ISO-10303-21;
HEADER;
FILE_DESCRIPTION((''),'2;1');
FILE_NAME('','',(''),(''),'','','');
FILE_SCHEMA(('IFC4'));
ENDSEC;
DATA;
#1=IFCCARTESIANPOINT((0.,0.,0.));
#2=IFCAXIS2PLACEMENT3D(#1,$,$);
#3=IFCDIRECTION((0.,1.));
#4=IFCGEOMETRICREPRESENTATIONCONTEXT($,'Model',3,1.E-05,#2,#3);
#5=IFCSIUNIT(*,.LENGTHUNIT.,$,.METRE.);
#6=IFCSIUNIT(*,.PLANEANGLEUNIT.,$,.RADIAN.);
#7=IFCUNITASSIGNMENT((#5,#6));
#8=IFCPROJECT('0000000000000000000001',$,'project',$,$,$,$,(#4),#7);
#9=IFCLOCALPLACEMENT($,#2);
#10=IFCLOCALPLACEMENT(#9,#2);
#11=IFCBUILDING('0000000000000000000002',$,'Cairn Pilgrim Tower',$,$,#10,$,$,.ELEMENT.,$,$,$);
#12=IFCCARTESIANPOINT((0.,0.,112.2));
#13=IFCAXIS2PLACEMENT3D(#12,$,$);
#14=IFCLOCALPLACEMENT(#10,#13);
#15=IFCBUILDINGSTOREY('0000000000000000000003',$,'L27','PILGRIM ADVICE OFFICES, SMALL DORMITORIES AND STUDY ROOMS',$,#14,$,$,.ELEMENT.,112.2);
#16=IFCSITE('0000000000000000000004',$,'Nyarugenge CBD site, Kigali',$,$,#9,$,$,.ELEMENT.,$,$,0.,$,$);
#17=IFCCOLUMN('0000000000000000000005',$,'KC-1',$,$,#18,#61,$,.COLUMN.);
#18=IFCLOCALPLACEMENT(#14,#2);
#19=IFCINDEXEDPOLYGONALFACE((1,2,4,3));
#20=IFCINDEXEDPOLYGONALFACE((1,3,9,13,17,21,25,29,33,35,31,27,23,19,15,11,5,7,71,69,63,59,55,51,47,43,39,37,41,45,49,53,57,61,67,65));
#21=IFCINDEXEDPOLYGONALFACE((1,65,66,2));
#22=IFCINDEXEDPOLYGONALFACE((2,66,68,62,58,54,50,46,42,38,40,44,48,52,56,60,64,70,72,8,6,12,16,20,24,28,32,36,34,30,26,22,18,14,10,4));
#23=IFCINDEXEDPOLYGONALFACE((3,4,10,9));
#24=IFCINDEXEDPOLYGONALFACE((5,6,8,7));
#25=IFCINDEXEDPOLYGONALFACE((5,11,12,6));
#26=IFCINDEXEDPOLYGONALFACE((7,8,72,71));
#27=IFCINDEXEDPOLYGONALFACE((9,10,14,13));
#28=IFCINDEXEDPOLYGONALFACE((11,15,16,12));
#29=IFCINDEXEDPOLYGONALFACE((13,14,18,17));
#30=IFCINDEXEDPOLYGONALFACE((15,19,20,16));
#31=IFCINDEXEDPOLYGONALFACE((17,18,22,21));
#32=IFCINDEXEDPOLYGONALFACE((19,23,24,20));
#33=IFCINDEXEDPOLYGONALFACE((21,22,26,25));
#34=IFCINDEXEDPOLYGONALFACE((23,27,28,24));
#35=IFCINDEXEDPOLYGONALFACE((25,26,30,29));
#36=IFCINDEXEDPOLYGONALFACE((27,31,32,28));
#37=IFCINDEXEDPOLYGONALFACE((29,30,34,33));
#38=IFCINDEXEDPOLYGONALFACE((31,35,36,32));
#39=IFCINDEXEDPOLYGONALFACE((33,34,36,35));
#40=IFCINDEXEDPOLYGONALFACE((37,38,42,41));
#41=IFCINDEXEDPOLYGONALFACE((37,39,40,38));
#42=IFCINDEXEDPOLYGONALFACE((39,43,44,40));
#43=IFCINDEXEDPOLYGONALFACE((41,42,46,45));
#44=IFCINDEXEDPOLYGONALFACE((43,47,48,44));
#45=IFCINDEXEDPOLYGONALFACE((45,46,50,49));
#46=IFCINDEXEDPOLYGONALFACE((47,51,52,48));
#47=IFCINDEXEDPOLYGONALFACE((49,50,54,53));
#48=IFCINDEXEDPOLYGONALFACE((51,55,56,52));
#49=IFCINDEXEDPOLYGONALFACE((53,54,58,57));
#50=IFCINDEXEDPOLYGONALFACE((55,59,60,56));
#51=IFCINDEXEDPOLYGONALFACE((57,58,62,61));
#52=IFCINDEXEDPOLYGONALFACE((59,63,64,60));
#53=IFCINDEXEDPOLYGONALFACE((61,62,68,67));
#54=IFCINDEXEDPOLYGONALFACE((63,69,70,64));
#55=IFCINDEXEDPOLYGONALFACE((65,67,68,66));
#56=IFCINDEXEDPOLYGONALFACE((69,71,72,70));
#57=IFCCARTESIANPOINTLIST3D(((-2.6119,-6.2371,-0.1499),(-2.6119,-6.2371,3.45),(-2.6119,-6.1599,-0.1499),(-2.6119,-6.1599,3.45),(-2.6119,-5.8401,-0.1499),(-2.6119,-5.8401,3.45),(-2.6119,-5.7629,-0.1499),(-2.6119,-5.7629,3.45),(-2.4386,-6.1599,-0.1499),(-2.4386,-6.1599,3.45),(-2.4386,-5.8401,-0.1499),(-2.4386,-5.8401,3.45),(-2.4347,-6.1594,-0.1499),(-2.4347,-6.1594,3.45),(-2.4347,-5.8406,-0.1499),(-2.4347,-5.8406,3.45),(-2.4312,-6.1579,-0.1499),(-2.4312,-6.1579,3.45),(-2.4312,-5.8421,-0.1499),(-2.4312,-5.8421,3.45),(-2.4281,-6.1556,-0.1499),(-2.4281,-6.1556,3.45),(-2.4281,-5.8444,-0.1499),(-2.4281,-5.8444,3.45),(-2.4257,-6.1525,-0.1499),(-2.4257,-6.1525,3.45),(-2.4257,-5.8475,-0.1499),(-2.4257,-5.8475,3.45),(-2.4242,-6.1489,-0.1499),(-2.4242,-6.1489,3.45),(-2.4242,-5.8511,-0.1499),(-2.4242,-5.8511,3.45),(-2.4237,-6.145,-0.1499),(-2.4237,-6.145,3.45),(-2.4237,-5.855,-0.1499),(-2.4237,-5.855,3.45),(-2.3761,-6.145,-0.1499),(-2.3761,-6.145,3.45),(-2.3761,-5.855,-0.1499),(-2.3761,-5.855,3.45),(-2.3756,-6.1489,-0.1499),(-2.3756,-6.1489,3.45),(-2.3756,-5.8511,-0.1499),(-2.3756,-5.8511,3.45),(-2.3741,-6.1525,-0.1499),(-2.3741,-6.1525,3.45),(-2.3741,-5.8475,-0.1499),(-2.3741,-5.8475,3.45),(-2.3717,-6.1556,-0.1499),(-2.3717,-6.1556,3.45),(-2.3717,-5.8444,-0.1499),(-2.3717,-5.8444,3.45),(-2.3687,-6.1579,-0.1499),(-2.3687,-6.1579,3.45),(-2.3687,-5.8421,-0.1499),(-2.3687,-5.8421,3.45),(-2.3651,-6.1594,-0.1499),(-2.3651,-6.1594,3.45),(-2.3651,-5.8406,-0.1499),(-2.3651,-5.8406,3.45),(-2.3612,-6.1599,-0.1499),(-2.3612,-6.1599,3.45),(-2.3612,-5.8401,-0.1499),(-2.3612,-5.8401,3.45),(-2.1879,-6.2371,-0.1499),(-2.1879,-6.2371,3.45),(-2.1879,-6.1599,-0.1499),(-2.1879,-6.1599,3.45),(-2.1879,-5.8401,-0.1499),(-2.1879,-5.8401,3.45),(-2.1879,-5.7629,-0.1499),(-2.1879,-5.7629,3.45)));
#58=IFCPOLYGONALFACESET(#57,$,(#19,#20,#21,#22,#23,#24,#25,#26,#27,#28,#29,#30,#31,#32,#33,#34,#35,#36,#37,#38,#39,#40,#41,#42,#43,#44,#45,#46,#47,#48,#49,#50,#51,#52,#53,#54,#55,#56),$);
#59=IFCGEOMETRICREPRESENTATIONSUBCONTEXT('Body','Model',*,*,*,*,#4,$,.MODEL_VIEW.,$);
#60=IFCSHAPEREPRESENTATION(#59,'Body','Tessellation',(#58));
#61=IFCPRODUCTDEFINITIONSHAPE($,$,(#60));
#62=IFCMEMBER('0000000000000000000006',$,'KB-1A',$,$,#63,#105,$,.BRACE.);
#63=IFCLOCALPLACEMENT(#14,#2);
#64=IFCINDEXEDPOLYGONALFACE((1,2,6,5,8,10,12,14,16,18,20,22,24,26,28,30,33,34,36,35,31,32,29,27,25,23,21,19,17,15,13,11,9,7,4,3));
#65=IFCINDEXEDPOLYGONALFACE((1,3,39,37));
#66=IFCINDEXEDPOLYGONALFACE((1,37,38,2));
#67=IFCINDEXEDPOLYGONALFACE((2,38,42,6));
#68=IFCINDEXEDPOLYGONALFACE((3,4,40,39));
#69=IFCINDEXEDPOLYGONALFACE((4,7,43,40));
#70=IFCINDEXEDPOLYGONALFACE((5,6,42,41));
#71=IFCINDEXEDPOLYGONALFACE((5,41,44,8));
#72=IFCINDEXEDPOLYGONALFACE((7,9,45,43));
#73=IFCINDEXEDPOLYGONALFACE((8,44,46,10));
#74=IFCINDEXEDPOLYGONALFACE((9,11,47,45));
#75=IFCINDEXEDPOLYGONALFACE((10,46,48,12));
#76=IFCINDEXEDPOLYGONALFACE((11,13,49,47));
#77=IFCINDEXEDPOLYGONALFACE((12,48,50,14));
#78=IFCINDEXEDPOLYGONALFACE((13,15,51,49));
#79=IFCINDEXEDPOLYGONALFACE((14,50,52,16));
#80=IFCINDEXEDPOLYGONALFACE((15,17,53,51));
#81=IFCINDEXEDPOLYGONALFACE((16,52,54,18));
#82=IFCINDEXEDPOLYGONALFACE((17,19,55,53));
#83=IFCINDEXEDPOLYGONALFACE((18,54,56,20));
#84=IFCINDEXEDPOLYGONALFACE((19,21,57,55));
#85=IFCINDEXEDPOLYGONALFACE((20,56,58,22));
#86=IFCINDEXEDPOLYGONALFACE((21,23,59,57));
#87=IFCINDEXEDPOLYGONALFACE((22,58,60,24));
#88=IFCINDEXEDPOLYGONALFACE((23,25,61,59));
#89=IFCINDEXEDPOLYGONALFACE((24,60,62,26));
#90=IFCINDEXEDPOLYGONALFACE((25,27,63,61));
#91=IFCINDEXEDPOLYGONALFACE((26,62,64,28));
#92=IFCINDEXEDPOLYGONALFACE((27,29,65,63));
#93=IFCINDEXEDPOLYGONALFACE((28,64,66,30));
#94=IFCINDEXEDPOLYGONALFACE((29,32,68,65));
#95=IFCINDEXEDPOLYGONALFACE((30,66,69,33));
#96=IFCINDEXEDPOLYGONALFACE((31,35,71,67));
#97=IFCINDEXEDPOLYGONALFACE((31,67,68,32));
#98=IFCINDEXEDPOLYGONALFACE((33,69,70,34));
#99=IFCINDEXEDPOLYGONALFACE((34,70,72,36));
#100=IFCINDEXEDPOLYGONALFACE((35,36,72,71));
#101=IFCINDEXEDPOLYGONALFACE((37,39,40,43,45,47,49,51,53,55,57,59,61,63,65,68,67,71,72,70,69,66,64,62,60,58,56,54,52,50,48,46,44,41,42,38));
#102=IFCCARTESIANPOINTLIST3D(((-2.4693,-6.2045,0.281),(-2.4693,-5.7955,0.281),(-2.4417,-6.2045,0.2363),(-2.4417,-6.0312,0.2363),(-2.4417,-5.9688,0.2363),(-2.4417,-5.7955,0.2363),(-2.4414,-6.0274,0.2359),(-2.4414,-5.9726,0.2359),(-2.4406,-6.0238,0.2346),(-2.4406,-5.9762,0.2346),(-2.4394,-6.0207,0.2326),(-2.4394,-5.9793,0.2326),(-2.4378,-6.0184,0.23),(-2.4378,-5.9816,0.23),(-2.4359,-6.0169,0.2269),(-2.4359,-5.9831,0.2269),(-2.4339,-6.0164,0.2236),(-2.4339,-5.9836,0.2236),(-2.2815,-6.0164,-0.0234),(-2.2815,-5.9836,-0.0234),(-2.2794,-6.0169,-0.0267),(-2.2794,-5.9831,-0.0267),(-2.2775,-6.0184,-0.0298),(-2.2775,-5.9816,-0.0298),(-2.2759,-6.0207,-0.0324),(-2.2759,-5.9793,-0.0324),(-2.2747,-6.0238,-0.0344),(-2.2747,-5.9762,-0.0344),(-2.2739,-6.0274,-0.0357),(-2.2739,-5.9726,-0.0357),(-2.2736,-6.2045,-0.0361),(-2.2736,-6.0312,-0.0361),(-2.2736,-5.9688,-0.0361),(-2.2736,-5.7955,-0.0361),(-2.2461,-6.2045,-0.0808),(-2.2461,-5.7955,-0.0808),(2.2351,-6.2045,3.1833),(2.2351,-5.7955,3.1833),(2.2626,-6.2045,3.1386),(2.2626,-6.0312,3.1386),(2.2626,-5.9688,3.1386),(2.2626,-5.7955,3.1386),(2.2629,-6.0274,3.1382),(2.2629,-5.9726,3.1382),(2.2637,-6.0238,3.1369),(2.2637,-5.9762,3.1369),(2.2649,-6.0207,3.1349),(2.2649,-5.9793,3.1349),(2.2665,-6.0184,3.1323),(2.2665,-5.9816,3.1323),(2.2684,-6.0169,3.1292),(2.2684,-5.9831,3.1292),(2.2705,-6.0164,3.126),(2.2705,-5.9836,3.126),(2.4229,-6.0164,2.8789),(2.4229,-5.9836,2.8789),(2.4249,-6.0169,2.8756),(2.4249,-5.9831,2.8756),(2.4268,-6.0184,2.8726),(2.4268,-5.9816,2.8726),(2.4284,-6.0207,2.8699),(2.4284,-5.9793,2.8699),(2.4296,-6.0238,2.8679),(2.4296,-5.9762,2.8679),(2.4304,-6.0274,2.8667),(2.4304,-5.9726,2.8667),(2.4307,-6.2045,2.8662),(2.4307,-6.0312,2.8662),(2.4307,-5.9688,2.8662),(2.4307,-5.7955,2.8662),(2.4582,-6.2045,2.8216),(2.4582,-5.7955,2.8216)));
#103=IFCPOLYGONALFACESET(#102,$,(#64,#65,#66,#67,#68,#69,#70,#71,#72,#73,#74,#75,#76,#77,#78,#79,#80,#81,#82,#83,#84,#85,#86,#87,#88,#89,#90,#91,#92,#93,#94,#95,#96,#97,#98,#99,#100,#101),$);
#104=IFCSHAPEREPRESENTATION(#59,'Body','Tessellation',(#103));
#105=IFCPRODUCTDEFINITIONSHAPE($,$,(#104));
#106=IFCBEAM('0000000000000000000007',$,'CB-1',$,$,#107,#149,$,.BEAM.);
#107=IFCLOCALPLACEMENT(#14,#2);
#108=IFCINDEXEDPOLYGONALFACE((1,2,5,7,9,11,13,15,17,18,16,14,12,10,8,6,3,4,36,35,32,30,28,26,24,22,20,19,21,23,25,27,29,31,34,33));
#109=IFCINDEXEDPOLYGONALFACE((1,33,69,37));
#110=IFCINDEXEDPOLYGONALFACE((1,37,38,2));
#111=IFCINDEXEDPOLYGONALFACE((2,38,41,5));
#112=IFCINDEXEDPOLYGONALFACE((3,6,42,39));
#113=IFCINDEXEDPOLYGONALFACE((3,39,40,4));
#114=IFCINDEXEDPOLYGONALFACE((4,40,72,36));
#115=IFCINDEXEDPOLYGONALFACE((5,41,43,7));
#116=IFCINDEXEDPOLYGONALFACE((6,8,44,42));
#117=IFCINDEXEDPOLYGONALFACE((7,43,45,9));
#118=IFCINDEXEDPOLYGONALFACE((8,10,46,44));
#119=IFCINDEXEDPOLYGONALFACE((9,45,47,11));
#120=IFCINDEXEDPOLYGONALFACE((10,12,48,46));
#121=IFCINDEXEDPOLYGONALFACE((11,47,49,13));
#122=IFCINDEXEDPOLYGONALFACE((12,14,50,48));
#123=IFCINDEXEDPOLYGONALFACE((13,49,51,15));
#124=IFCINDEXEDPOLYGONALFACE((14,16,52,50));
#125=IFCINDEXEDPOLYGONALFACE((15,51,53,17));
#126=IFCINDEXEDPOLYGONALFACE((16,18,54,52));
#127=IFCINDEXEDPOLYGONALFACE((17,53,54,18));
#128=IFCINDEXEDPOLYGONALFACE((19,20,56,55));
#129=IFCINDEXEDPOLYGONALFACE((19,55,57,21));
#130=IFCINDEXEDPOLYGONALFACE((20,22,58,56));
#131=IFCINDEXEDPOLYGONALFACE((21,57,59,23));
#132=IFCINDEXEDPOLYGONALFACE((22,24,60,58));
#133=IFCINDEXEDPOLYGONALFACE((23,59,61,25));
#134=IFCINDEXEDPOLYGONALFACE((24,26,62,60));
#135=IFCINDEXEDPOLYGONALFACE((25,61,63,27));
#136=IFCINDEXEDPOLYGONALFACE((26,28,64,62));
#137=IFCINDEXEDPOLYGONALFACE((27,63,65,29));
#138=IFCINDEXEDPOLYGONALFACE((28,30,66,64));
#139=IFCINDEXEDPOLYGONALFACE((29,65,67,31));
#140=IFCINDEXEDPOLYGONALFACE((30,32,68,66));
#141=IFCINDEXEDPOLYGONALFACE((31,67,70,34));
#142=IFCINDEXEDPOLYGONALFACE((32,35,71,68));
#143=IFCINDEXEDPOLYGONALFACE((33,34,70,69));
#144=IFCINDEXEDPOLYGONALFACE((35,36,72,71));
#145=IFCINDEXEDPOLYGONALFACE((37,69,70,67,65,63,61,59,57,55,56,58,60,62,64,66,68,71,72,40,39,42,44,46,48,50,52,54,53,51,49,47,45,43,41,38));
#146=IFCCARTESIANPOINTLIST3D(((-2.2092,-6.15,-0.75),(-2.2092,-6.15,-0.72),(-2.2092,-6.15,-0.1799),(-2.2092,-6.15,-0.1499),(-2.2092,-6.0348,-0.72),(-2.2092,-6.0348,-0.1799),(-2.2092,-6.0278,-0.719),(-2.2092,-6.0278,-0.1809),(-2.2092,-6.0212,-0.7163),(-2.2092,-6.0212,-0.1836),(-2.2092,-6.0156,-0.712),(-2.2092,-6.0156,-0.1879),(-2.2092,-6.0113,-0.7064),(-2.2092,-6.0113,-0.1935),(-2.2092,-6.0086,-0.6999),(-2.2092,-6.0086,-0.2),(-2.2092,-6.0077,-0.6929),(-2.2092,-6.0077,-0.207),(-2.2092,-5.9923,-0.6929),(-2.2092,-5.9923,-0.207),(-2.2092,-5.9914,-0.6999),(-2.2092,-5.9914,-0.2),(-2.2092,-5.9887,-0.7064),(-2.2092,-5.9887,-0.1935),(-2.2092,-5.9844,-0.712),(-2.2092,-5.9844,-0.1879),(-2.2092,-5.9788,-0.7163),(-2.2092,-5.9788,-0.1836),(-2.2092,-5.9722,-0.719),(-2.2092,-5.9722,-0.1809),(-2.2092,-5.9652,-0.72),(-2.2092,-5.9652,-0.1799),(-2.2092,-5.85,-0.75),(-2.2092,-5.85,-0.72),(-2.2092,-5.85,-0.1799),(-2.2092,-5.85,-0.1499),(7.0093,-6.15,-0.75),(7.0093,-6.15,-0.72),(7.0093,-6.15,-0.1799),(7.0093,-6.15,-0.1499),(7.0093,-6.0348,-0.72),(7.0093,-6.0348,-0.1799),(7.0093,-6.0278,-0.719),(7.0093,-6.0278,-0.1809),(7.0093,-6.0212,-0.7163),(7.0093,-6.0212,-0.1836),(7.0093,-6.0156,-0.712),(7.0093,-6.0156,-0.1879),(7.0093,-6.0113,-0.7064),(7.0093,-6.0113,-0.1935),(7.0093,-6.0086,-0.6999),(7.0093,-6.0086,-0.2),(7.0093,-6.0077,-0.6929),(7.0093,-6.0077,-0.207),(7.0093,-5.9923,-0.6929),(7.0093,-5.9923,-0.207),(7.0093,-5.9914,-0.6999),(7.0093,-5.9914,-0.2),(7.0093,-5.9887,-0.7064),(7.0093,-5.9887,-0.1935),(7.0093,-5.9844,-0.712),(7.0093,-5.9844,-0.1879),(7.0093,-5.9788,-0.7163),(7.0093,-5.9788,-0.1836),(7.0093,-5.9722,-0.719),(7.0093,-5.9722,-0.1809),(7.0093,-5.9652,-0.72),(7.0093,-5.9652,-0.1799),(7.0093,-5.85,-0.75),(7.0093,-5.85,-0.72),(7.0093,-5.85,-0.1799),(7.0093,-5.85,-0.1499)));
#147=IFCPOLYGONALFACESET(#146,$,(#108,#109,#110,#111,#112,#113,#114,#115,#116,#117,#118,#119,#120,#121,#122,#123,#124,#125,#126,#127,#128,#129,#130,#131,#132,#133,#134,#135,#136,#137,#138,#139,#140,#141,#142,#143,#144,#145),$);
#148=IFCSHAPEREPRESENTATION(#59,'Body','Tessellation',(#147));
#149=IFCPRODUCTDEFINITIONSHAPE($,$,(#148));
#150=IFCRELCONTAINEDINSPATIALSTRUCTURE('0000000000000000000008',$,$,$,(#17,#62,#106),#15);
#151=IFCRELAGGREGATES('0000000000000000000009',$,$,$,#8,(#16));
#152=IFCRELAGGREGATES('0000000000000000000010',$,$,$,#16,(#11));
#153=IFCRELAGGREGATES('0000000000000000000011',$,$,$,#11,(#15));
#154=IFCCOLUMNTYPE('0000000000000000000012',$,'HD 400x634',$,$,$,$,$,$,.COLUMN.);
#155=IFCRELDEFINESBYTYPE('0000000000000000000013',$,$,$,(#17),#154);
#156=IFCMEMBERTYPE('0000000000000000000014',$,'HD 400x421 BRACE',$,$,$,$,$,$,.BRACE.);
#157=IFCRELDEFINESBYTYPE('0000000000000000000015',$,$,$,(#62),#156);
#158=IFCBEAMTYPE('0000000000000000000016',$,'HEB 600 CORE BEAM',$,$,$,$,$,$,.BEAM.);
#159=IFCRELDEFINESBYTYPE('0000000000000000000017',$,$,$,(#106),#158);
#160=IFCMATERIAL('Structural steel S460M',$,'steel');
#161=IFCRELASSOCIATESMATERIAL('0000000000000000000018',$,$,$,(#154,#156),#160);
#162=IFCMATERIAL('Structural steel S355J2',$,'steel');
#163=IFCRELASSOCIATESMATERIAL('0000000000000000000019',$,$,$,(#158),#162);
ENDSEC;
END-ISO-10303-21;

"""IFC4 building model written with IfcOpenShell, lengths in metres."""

from ifc_helpers import new_model, si_unit, direction, frame, origin, origin_2d, place, context, subcontext, project, spatial, i_section, extrude, material, material_profile, profile_set, type_object, element, save


model = new_model("IFC4")

# Units and contexts
model_context = context("Model", 3, precision=1e-05, world=origin(), true_north=direction((0.0, 1.0)))
body_context = subcontext(model_context, "Body", "Model", "MODEL_VIEW")
ifc_project = project(units=[si_unit("LENGTHUNIT", "METRE"), si_unit("PLANEANGLEUNIT", "RADIAN")], contexts=[model_context])

# Site, building, storey
site_placement = place(None, origin())
site = spatial("IfcSite", under=ifc_project, at=site_placement, Name="Nyarugenge CBD site, Kigali", CompositionType="ELEMENT", RefElevation=0.0)
building_placement = place(site_placement, origin())
building = spatial("IfcBuilding", under=site, at=building_placement, Name="Cairn Pilgrim Tower", CompositionType="ELEMENT")
storey_placement = place(building_placement, frame((0.0, 0.0, 112.2)))
storey = spatial("IfcBuildingStorey", under=building, at=storey_placement, Name="L27", Description="PILGRIM ADVICE OFFICES, SMALL DORMITORIES AND STUDY ROOMS", CompositionType="ELEMENT", Elevation=112.2)

# Column
ifc_material_1 = material(Name="Structural steel S460M", Category="steel")
ifc_material_profile_1 = material_profile(ifc_material_1, i_section(OverallWidth=0.4241, OverallDepth=0.4741, WebThickness=0.0476, FlangeThickness=0.0771, FilletRadius=0.0149, at=origin_2d()), Name="HD 400x634")
ifc_profile_set_1 = profile_set([ifc_material_profile_1], Name="Structural steel S460M")
column_type = type_object("IfcColumnType", Name="HD 400x634", PredefinedType="COLUMN", material=ifc_profile_set_1)
column_placement = place(storey_placement, frame((-2.3999, -6.0, -0.1499), z_axis=(0.0, 0.0, 1.0), x_axis=(1.0, 0.0, 0.0)))
element("IfcColumn", 1, at=column_placement, inside=storey, type_object=column_type, Name="KC-1", PredefinedType="COLUMN", context=body_context, shape_type="SweptSolid", body=[
    extrude(i_section(OverallWidth=0.4241, OverallDepth=0.4741, WebThickness=0.0476, FlangeThickness=0.0771, FilletRadius=0.0149, at=origin_2d()), origin(), (0.0, 0.0, 1.0), 3.5999),
])

# Member
ifc_material_profile_2 = material_profile(ifc_material_1, i_section(OverallWidth=0.4089, OverallDepth=0.425, WebThickness=0.0327, FlangeThickness=0.0525, FilletRadius=0.0149, at=origin_2d()), Name="HD 400x421")
ifc_profile_set_2 = profile_set([ifc_material_profile_2], Name="Structural steel S460M")
member_type = type_object("IfcMemberType", Name="HD 400x421 BRACE", PredefinedType="BRACE", material=ifc_profile_set_2)
member_placement = place(storey_placement, frame((-2.3577, -6.0, 0.1001), z_axis=(0.851063, 0.0, 0.525063), x_axis=(0.0, 1.0, 0.0)))
element("IfcMember", 2, at=member_placement, inside=storey, type_object=member_type, Name="KB-1A", PredefinedType="BRACE", context=body_context, shape_type="SweptSolid", body=[
    extrude(i_section(OverallWidth=0.4089, OverallDepth=0.425, WebThickness=0.0327, FlangeThickness=0.0525, FilletRadius=0.0149, at=origin_2d()), origin(), (0.0, 0.0, 1.0), 5.5276),
])

# Beam
ifc_material_2 = material(Name="Structural steel S355J2", Category="steel")
ifc_material_profile_3 = material_profile(ifc_material_2, i_section(OverallWidth=0.3, OverallDepth=0.6001, WebThickness=0.0154, FlangeThickness=0.03, FilletRadius=0.0271, at=origin_2d()), Name="HEB 600")
ifc_profile_set_3 = profile_set([ifc_material_profile_3], Name="Structural steel S355J2")
beam_type_1 = type_object("IfcBeamType", Name="HEB 600 CORE BEAM", PredefinedType="BEAM", material=ifc_profile_set_3)
beam_1_placement = place(storey_placement, frame((-2.2092, -6.0, -0.45), z_axis=(1.0, 0.0, 0.0), x_axis=(0.0, 1.0, 0.0)))
element("IfcBeam", 3, at=beam_1_placement, inside=storey, type_object=beam_type_1, Name="CB-1", PredefinedType="BEAM", context=body_context, shape_type="SweptSolid", body=[
    extrude(i_section(OverallWidth=0.3, OverallDepth=0.6001, WebThickness=0.0154, FlangeThickness=0.03, FilletRadius=0.0271, at=origin_2d()), origin(), (0.0, 0.0, 1.0), 9.2185),
])

save(model, "model.ifc")
